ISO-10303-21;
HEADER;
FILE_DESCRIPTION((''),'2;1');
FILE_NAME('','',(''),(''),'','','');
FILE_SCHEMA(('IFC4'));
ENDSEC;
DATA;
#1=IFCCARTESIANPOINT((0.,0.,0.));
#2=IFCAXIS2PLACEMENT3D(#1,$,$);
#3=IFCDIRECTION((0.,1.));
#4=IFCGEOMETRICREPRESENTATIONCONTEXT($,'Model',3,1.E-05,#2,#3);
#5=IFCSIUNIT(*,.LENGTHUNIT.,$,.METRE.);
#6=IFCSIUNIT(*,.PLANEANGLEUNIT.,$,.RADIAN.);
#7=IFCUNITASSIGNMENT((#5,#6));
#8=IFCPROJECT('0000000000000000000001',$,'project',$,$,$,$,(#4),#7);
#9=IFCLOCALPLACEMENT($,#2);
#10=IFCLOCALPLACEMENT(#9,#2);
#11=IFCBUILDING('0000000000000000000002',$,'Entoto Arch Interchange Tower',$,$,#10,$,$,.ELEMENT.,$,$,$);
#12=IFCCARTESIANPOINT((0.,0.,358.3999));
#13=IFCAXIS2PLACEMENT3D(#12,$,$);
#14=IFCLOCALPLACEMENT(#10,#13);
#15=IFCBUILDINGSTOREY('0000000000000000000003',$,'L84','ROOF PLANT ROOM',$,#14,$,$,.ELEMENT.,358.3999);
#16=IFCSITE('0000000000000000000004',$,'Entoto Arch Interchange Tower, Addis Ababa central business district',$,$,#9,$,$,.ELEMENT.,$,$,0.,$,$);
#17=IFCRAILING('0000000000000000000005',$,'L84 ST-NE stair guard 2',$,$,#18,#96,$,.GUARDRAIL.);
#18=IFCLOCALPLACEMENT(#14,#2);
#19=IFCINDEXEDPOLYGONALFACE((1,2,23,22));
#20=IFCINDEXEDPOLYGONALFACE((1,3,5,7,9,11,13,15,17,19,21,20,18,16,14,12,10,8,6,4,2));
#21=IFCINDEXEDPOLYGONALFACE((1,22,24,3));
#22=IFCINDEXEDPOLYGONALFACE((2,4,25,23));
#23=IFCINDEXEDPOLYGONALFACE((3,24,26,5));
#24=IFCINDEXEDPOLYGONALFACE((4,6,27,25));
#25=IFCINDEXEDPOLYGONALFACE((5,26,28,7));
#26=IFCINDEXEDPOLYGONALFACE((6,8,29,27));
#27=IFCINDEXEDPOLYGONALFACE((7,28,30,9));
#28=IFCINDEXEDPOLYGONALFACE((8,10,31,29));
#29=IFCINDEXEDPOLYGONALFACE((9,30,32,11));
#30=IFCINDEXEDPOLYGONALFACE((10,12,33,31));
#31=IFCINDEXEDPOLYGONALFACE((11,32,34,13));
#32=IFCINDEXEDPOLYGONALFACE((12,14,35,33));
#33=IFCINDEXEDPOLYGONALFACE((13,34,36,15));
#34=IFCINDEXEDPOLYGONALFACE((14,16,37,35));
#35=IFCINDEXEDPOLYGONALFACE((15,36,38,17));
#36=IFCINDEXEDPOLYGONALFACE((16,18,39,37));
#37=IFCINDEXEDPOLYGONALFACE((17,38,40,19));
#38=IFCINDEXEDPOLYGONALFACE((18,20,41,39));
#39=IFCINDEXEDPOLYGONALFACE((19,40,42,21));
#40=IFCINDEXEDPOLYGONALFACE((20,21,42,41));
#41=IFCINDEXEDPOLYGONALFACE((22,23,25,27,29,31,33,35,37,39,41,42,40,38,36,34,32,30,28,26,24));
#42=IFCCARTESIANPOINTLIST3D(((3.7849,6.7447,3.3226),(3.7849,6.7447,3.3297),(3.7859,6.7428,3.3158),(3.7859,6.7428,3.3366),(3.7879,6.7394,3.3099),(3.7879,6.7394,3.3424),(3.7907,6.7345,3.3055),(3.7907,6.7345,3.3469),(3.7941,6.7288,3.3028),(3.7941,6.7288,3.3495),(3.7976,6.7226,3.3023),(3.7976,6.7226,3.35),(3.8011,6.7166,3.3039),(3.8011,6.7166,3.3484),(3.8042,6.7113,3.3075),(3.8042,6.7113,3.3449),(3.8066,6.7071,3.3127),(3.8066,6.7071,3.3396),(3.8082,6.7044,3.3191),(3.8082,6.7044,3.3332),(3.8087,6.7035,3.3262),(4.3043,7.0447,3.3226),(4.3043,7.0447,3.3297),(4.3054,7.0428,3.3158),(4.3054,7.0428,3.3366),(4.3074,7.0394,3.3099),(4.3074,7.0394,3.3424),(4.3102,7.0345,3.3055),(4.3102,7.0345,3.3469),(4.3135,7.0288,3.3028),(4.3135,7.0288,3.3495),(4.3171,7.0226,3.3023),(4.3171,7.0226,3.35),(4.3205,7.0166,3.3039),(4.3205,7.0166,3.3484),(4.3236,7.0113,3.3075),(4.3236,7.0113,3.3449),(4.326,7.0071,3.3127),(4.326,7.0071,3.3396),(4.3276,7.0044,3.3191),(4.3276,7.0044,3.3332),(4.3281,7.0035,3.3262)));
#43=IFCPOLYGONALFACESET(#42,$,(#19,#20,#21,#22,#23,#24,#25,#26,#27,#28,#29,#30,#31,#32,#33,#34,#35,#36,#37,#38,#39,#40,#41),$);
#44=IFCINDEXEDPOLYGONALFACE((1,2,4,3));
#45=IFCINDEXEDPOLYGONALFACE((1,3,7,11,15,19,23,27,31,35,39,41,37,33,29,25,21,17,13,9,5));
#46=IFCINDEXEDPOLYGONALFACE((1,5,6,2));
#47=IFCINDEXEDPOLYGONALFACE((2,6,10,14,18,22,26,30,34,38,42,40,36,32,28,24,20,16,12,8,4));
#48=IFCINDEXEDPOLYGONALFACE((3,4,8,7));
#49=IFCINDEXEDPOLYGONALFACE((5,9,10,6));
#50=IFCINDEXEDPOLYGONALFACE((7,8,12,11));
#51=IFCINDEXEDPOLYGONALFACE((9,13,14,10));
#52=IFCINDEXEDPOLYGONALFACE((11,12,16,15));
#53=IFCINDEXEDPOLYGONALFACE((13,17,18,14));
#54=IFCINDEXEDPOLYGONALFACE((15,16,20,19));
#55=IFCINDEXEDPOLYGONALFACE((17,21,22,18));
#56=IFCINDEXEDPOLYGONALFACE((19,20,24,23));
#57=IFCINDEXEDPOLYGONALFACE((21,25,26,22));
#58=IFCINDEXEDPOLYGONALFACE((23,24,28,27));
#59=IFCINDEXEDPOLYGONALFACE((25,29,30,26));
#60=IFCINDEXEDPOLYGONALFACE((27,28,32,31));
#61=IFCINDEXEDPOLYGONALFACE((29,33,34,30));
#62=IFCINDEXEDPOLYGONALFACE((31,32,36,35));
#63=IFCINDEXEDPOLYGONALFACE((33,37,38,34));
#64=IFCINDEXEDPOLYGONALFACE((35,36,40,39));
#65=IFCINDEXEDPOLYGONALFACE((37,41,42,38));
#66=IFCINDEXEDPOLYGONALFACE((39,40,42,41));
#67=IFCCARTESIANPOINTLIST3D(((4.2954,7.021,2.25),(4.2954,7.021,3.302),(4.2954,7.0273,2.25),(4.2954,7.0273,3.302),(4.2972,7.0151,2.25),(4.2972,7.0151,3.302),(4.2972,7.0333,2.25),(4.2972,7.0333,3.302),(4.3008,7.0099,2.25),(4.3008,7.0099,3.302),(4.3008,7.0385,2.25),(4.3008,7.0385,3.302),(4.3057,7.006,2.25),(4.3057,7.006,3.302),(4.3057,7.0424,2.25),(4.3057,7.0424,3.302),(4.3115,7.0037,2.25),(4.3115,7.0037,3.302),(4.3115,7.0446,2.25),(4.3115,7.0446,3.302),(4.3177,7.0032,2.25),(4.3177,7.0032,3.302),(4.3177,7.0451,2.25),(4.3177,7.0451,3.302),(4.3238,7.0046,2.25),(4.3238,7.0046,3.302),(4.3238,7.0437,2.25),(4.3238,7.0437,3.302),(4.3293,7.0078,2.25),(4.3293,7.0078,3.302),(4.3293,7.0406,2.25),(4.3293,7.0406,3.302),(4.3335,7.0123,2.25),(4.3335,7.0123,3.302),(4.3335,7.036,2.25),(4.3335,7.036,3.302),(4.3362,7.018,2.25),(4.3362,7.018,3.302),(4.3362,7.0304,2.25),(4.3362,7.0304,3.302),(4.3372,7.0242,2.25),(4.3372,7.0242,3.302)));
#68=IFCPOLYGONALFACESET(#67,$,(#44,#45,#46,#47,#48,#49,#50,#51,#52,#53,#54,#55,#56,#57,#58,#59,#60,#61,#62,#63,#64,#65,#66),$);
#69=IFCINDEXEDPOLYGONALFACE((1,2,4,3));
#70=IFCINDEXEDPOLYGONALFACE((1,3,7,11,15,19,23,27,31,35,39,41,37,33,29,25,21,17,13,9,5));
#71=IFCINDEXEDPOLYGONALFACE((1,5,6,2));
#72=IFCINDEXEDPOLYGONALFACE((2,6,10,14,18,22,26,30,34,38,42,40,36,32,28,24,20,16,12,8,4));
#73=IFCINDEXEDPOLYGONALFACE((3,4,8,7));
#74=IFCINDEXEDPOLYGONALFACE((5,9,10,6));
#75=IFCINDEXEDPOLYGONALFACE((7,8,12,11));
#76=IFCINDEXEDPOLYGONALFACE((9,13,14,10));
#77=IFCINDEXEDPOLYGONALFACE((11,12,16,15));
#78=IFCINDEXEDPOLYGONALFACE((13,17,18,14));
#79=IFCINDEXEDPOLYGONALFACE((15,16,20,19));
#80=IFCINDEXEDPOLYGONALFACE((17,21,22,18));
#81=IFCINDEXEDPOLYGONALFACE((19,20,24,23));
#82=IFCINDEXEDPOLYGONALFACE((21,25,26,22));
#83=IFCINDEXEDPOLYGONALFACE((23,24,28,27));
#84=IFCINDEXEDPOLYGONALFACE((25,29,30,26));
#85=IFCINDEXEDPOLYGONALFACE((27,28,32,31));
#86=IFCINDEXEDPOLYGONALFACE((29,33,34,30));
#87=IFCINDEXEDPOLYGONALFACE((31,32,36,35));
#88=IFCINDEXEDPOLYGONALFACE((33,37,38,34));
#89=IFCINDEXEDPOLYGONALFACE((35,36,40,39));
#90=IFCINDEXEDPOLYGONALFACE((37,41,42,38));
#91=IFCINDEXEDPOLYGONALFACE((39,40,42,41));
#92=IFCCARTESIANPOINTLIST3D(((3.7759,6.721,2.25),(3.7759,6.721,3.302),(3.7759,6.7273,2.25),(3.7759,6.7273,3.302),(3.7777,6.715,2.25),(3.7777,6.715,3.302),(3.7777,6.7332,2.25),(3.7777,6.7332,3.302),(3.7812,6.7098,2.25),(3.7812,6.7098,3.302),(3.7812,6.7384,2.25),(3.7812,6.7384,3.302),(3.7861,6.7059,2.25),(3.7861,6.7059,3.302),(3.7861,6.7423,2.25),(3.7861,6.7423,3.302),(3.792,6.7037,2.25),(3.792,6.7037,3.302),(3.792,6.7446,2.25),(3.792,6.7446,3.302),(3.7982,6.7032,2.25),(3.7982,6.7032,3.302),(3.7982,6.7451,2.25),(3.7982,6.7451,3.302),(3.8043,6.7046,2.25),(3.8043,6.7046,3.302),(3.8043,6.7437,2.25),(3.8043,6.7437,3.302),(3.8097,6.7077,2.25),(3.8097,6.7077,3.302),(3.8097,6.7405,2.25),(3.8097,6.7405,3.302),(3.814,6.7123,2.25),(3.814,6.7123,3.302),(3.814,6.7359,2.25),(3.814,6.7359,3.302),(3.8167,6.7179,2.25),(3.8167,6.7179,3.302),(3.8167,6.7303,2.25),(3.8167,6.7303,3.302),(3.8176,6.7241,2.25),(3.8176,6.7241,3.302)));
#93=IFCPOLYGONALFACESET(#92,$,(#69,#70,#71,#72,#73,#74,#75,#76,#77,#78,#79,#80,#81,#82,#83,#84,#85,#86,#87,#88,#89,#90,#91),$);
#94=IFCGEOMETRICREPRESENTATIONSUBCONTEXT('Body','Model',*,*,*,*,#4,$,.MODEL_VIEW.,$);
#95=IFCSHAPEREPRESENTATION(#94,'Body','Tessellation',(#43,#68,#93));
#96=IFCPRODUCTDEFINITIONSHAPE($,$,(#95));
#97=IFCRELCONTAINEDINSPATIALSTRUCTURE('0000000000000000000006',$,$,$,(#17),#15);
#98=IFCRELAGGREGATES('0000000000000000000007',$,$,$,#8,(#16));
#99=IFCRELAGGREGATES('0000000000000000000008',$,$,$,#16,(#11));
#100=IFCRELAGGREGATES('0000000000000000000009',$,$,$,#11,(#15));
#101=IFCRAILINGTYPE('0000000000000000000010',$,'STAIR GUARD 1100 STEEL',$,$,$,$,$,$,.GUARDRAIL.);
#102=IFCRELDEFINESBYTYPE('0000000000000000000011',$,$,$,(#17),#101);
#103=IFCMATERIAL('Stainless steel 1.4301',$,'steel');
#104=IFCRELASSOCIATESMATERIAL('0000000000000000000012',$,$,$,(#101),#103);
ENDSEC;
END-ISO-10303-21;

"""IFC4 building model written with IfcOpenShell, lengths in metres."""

from ifc_helpers import new_model, si_unit, direction, frame, origin, origin_2d, place, context, subcontext, project, spatial, circle, extrude, material, type_object, element, save


model = new_model("IFC4")

# Units and contexts
model_context = context("Model", 3, precision=1e-05, world=origin(), true_north=direction((0.0, 1.0)))
body_context = subcontext(model_context, "Body", "Model", "MODEL_VIEW")
ifc_project = project(units=[si_unit("LENGTHUNIT", "METRE"), si_unit("PLANEANGLEUNIT", "RADIAN")], contexts=[model_context])

# Site, building, storey
site_placement = place(None, origin())
site = spatial("IfcSite", under=ifc_project, at=site_placement, Name="Entoto Arch Interchange Tower, Addis Ababa central business district", CompositionType="ELEMENT", RefElevation=0.0)
building_placement = place(site_placement, origin())
building = spatial("IfcBuilding", under=site, at=building_placement, Name="Entoto Arch Interchange Tower", CompositionType="ELEMENT")
storey_placement = place(building_placement, frame((0.0, 0.0, 358.3999)))
storey = spatial("IfcBuildingStorey", under=building, at=storey_placement, Name="L84", Description="ROOF PLANT ROOM", CompositionType="ELEMENT", Elevation=358.3999)

# Railing
ifc_material_1 = material(Name="Stainless steel 1.4301", Category="steel")
railing_type = type_object("IfcRailingType", Name="STAIR GUARD 1100 STEEL", PredefinedType="GUARDRAIL", material=ifc_material_1)
railing_1_placement = place(storey_placement, frame((4.3162, 7.0242, 2.25)))
element("IfcRailing", 1, at=railing_1_placement, inside=storey, type_object=railing_type, Name="L84 ST-NE stair guard 2", PredefinedType="GUARDRAIL", context=body_context, shape_type="SweptSolid", body=[
    extrude(circle(Radius=0.0239, at=origin_2d()), frame((0.0, 0.0, 1.0762), z_axis=(-0.865955, -0.500122, 0.0), x_axis=(0.500122, -0.865955, 0.0)), (0.0, 0.0, 1.0), 0.5999),
    extrude(circle(Radius=0.021, at=origin_2d()), origin(), (0.0, 0.0, 1.0), 1.052),
    extrude(circle(Radius=0.021, at=origin_2d()), frame((-0.5195, -0.3, 0.0)), (0.0, 0.0, 1.0), 1.052),
])

save(model, "model.ifc")
